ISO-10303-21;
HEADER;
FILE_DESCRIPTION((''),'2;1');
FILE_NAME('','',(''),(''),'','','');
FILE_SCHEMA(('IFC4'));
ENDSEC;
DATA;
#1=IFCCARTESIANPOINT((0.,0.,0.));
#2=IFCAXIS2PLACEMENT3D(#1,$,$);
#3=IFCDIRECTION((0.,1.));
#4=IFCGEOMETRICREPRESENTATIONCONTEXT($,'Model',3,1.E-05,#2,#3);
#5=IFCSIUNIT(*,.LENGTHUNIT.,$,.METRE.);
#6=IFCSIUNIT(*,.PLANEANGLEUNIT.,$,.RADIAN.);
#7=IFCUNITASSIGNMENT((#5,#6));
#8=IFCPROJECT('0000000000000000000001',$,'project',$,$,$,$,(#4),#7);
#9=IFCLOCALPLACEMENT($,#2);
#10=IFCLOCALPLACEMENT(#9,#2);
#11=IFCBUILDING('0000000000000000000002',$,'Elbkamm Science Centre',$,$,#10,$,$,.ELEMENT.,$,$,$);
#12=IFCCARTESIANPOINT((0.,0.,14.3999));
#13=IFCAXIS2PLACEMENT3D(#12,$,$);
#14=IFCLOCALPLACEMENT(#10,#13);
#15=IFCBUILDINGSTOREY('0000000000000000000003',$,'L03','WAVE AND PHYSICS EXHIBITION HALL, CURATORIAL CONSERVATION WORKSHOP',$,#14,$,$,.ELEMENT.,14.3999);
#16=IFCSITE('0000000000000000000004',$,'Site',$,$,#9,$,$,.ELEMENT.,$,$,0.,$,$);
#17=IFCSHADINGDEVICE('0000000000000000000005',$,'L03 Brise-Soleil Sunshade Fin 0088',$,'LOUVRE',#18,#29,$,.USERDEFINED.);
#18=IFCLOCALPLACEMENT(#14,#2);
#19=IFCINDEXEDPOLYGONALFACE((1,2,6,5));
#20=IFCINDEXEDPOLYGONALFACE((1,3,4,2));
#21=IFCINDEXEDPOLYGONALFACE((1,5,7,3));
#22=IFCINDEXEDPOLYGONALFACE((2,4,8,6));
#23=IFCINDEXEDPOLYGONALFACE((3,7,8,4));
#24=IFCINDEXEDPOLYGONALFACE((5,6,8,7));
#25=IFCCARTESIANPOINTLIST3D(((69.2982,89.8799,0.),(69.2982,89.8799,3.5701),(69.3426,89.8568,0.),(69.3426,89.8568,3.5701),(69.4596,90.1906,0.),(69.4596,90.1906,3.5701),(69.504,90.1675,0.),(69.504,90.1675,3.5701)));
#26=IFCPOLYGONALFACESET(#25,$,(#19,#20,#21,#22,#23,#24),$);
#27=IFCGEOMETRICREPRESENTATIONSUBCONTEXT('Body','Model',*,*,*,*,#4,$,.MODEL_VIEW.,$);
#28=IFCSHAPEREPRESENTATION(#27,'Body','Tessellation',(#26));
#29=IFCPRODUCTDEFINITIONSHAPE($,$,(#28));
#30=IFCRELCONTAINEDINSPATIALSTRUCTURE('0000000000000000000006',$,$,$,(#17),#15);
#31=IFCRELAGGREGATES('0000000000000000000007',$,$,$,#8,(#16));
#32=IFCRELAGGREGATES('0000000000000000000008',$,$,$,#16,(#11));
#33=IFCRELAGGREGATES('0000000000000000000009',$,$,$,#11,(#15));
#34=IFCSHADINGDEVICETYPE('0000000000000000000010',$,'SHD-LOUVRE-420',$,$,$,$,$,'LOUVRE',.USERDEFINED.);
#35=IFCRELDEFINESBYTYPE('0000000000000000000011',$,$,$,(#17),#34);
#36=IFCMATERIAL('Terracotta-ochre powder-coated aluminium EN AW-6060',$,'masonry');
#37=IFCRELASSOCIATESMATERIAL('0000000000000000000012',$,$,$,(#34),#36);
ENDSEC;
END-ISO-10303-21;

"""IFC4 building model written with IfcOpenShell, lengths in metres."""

from ifc_helpers import new_model, si_unit, direction, frame, origin, origin_2d, place, context, subcontext, project, spatial, rectangle, extrude, material, type_object, element, save


model = new_model("IFC4")

# Units and contexts
model_context = context("Model", 3, precision=1e-05, world=origin(), true_north=direction((0.0, 1.0)))
body_context = subcontext(model_context, "Body", "Model", "MODEL_VIEW")
ifc_project = project(units=[si_unit("LENGTHUNIT", "METRE"), si_unit("PLANEANGLEUNIT", "RADIAN")], contexts=[model_context])

# Site, building, storey
site_placement = place(None, origin())
site = spatial("IfcSite", under=ifc_project, at=site_placement, Name="Site", CompositionType="ELEMENT", RefElevation=0.0)
building_placement = place(site_placement, origin())
building = spatial("IfcBuilding", under=site, at=building_placement, Name="Elbkamm Science Centre", CompositionType="ELEMENT")
storey_placement = place(building_placement, frame((0.0, 0.0, 14.3999)))
storey = spatial("IfcBuildingStorey", under=building, at=storey_placement, Name="L03", Description="WAVE AND PHYSICS EXHIBITION HALL, CURATORIAL CONSERVATION WORKSHOP", CompositionType="ELEMENT", Elevation=14.3999)

# Shading device
ifc_material_1 = material(Name="Terracotta-ochre powder-coated aluminium EN AW-6060", Category="masonry")
shading_device_type = type_object("IfcShadingDeviceType", Name="SHD-LOUVRE-420", ElementType="LOUVRE", PredefinedType="USERDEFINED", material=ifc_material_1)
for number, where, z_axis, x_axis, name in (
    (1, (69.4011, 90.0237, 0.0), (0.0, 0.0, 1.0), (0.46107, 0.887364, 0.0), "L03 Brise-Soleil Sunshade Fin 0088"),
):
    element("IfcShadingDevice", number, at=place(storey_placement, frame(where, z_axis=z_axis, x_axis=x_axis)), inside=storey, type_object=shading_device_type, Name=name, ObjectType="LOUVRE", PredefinedType="USERDEFINED", context=body_context, shape_type="SweptSolid", body=[
        extrude(rectangle(XDim=0.3501, YDim=0.05, at=origin_2d()), origin(), (0.0, 0.0, 1.0), 3.5701),
    ])

save(model, "model.ifc")
